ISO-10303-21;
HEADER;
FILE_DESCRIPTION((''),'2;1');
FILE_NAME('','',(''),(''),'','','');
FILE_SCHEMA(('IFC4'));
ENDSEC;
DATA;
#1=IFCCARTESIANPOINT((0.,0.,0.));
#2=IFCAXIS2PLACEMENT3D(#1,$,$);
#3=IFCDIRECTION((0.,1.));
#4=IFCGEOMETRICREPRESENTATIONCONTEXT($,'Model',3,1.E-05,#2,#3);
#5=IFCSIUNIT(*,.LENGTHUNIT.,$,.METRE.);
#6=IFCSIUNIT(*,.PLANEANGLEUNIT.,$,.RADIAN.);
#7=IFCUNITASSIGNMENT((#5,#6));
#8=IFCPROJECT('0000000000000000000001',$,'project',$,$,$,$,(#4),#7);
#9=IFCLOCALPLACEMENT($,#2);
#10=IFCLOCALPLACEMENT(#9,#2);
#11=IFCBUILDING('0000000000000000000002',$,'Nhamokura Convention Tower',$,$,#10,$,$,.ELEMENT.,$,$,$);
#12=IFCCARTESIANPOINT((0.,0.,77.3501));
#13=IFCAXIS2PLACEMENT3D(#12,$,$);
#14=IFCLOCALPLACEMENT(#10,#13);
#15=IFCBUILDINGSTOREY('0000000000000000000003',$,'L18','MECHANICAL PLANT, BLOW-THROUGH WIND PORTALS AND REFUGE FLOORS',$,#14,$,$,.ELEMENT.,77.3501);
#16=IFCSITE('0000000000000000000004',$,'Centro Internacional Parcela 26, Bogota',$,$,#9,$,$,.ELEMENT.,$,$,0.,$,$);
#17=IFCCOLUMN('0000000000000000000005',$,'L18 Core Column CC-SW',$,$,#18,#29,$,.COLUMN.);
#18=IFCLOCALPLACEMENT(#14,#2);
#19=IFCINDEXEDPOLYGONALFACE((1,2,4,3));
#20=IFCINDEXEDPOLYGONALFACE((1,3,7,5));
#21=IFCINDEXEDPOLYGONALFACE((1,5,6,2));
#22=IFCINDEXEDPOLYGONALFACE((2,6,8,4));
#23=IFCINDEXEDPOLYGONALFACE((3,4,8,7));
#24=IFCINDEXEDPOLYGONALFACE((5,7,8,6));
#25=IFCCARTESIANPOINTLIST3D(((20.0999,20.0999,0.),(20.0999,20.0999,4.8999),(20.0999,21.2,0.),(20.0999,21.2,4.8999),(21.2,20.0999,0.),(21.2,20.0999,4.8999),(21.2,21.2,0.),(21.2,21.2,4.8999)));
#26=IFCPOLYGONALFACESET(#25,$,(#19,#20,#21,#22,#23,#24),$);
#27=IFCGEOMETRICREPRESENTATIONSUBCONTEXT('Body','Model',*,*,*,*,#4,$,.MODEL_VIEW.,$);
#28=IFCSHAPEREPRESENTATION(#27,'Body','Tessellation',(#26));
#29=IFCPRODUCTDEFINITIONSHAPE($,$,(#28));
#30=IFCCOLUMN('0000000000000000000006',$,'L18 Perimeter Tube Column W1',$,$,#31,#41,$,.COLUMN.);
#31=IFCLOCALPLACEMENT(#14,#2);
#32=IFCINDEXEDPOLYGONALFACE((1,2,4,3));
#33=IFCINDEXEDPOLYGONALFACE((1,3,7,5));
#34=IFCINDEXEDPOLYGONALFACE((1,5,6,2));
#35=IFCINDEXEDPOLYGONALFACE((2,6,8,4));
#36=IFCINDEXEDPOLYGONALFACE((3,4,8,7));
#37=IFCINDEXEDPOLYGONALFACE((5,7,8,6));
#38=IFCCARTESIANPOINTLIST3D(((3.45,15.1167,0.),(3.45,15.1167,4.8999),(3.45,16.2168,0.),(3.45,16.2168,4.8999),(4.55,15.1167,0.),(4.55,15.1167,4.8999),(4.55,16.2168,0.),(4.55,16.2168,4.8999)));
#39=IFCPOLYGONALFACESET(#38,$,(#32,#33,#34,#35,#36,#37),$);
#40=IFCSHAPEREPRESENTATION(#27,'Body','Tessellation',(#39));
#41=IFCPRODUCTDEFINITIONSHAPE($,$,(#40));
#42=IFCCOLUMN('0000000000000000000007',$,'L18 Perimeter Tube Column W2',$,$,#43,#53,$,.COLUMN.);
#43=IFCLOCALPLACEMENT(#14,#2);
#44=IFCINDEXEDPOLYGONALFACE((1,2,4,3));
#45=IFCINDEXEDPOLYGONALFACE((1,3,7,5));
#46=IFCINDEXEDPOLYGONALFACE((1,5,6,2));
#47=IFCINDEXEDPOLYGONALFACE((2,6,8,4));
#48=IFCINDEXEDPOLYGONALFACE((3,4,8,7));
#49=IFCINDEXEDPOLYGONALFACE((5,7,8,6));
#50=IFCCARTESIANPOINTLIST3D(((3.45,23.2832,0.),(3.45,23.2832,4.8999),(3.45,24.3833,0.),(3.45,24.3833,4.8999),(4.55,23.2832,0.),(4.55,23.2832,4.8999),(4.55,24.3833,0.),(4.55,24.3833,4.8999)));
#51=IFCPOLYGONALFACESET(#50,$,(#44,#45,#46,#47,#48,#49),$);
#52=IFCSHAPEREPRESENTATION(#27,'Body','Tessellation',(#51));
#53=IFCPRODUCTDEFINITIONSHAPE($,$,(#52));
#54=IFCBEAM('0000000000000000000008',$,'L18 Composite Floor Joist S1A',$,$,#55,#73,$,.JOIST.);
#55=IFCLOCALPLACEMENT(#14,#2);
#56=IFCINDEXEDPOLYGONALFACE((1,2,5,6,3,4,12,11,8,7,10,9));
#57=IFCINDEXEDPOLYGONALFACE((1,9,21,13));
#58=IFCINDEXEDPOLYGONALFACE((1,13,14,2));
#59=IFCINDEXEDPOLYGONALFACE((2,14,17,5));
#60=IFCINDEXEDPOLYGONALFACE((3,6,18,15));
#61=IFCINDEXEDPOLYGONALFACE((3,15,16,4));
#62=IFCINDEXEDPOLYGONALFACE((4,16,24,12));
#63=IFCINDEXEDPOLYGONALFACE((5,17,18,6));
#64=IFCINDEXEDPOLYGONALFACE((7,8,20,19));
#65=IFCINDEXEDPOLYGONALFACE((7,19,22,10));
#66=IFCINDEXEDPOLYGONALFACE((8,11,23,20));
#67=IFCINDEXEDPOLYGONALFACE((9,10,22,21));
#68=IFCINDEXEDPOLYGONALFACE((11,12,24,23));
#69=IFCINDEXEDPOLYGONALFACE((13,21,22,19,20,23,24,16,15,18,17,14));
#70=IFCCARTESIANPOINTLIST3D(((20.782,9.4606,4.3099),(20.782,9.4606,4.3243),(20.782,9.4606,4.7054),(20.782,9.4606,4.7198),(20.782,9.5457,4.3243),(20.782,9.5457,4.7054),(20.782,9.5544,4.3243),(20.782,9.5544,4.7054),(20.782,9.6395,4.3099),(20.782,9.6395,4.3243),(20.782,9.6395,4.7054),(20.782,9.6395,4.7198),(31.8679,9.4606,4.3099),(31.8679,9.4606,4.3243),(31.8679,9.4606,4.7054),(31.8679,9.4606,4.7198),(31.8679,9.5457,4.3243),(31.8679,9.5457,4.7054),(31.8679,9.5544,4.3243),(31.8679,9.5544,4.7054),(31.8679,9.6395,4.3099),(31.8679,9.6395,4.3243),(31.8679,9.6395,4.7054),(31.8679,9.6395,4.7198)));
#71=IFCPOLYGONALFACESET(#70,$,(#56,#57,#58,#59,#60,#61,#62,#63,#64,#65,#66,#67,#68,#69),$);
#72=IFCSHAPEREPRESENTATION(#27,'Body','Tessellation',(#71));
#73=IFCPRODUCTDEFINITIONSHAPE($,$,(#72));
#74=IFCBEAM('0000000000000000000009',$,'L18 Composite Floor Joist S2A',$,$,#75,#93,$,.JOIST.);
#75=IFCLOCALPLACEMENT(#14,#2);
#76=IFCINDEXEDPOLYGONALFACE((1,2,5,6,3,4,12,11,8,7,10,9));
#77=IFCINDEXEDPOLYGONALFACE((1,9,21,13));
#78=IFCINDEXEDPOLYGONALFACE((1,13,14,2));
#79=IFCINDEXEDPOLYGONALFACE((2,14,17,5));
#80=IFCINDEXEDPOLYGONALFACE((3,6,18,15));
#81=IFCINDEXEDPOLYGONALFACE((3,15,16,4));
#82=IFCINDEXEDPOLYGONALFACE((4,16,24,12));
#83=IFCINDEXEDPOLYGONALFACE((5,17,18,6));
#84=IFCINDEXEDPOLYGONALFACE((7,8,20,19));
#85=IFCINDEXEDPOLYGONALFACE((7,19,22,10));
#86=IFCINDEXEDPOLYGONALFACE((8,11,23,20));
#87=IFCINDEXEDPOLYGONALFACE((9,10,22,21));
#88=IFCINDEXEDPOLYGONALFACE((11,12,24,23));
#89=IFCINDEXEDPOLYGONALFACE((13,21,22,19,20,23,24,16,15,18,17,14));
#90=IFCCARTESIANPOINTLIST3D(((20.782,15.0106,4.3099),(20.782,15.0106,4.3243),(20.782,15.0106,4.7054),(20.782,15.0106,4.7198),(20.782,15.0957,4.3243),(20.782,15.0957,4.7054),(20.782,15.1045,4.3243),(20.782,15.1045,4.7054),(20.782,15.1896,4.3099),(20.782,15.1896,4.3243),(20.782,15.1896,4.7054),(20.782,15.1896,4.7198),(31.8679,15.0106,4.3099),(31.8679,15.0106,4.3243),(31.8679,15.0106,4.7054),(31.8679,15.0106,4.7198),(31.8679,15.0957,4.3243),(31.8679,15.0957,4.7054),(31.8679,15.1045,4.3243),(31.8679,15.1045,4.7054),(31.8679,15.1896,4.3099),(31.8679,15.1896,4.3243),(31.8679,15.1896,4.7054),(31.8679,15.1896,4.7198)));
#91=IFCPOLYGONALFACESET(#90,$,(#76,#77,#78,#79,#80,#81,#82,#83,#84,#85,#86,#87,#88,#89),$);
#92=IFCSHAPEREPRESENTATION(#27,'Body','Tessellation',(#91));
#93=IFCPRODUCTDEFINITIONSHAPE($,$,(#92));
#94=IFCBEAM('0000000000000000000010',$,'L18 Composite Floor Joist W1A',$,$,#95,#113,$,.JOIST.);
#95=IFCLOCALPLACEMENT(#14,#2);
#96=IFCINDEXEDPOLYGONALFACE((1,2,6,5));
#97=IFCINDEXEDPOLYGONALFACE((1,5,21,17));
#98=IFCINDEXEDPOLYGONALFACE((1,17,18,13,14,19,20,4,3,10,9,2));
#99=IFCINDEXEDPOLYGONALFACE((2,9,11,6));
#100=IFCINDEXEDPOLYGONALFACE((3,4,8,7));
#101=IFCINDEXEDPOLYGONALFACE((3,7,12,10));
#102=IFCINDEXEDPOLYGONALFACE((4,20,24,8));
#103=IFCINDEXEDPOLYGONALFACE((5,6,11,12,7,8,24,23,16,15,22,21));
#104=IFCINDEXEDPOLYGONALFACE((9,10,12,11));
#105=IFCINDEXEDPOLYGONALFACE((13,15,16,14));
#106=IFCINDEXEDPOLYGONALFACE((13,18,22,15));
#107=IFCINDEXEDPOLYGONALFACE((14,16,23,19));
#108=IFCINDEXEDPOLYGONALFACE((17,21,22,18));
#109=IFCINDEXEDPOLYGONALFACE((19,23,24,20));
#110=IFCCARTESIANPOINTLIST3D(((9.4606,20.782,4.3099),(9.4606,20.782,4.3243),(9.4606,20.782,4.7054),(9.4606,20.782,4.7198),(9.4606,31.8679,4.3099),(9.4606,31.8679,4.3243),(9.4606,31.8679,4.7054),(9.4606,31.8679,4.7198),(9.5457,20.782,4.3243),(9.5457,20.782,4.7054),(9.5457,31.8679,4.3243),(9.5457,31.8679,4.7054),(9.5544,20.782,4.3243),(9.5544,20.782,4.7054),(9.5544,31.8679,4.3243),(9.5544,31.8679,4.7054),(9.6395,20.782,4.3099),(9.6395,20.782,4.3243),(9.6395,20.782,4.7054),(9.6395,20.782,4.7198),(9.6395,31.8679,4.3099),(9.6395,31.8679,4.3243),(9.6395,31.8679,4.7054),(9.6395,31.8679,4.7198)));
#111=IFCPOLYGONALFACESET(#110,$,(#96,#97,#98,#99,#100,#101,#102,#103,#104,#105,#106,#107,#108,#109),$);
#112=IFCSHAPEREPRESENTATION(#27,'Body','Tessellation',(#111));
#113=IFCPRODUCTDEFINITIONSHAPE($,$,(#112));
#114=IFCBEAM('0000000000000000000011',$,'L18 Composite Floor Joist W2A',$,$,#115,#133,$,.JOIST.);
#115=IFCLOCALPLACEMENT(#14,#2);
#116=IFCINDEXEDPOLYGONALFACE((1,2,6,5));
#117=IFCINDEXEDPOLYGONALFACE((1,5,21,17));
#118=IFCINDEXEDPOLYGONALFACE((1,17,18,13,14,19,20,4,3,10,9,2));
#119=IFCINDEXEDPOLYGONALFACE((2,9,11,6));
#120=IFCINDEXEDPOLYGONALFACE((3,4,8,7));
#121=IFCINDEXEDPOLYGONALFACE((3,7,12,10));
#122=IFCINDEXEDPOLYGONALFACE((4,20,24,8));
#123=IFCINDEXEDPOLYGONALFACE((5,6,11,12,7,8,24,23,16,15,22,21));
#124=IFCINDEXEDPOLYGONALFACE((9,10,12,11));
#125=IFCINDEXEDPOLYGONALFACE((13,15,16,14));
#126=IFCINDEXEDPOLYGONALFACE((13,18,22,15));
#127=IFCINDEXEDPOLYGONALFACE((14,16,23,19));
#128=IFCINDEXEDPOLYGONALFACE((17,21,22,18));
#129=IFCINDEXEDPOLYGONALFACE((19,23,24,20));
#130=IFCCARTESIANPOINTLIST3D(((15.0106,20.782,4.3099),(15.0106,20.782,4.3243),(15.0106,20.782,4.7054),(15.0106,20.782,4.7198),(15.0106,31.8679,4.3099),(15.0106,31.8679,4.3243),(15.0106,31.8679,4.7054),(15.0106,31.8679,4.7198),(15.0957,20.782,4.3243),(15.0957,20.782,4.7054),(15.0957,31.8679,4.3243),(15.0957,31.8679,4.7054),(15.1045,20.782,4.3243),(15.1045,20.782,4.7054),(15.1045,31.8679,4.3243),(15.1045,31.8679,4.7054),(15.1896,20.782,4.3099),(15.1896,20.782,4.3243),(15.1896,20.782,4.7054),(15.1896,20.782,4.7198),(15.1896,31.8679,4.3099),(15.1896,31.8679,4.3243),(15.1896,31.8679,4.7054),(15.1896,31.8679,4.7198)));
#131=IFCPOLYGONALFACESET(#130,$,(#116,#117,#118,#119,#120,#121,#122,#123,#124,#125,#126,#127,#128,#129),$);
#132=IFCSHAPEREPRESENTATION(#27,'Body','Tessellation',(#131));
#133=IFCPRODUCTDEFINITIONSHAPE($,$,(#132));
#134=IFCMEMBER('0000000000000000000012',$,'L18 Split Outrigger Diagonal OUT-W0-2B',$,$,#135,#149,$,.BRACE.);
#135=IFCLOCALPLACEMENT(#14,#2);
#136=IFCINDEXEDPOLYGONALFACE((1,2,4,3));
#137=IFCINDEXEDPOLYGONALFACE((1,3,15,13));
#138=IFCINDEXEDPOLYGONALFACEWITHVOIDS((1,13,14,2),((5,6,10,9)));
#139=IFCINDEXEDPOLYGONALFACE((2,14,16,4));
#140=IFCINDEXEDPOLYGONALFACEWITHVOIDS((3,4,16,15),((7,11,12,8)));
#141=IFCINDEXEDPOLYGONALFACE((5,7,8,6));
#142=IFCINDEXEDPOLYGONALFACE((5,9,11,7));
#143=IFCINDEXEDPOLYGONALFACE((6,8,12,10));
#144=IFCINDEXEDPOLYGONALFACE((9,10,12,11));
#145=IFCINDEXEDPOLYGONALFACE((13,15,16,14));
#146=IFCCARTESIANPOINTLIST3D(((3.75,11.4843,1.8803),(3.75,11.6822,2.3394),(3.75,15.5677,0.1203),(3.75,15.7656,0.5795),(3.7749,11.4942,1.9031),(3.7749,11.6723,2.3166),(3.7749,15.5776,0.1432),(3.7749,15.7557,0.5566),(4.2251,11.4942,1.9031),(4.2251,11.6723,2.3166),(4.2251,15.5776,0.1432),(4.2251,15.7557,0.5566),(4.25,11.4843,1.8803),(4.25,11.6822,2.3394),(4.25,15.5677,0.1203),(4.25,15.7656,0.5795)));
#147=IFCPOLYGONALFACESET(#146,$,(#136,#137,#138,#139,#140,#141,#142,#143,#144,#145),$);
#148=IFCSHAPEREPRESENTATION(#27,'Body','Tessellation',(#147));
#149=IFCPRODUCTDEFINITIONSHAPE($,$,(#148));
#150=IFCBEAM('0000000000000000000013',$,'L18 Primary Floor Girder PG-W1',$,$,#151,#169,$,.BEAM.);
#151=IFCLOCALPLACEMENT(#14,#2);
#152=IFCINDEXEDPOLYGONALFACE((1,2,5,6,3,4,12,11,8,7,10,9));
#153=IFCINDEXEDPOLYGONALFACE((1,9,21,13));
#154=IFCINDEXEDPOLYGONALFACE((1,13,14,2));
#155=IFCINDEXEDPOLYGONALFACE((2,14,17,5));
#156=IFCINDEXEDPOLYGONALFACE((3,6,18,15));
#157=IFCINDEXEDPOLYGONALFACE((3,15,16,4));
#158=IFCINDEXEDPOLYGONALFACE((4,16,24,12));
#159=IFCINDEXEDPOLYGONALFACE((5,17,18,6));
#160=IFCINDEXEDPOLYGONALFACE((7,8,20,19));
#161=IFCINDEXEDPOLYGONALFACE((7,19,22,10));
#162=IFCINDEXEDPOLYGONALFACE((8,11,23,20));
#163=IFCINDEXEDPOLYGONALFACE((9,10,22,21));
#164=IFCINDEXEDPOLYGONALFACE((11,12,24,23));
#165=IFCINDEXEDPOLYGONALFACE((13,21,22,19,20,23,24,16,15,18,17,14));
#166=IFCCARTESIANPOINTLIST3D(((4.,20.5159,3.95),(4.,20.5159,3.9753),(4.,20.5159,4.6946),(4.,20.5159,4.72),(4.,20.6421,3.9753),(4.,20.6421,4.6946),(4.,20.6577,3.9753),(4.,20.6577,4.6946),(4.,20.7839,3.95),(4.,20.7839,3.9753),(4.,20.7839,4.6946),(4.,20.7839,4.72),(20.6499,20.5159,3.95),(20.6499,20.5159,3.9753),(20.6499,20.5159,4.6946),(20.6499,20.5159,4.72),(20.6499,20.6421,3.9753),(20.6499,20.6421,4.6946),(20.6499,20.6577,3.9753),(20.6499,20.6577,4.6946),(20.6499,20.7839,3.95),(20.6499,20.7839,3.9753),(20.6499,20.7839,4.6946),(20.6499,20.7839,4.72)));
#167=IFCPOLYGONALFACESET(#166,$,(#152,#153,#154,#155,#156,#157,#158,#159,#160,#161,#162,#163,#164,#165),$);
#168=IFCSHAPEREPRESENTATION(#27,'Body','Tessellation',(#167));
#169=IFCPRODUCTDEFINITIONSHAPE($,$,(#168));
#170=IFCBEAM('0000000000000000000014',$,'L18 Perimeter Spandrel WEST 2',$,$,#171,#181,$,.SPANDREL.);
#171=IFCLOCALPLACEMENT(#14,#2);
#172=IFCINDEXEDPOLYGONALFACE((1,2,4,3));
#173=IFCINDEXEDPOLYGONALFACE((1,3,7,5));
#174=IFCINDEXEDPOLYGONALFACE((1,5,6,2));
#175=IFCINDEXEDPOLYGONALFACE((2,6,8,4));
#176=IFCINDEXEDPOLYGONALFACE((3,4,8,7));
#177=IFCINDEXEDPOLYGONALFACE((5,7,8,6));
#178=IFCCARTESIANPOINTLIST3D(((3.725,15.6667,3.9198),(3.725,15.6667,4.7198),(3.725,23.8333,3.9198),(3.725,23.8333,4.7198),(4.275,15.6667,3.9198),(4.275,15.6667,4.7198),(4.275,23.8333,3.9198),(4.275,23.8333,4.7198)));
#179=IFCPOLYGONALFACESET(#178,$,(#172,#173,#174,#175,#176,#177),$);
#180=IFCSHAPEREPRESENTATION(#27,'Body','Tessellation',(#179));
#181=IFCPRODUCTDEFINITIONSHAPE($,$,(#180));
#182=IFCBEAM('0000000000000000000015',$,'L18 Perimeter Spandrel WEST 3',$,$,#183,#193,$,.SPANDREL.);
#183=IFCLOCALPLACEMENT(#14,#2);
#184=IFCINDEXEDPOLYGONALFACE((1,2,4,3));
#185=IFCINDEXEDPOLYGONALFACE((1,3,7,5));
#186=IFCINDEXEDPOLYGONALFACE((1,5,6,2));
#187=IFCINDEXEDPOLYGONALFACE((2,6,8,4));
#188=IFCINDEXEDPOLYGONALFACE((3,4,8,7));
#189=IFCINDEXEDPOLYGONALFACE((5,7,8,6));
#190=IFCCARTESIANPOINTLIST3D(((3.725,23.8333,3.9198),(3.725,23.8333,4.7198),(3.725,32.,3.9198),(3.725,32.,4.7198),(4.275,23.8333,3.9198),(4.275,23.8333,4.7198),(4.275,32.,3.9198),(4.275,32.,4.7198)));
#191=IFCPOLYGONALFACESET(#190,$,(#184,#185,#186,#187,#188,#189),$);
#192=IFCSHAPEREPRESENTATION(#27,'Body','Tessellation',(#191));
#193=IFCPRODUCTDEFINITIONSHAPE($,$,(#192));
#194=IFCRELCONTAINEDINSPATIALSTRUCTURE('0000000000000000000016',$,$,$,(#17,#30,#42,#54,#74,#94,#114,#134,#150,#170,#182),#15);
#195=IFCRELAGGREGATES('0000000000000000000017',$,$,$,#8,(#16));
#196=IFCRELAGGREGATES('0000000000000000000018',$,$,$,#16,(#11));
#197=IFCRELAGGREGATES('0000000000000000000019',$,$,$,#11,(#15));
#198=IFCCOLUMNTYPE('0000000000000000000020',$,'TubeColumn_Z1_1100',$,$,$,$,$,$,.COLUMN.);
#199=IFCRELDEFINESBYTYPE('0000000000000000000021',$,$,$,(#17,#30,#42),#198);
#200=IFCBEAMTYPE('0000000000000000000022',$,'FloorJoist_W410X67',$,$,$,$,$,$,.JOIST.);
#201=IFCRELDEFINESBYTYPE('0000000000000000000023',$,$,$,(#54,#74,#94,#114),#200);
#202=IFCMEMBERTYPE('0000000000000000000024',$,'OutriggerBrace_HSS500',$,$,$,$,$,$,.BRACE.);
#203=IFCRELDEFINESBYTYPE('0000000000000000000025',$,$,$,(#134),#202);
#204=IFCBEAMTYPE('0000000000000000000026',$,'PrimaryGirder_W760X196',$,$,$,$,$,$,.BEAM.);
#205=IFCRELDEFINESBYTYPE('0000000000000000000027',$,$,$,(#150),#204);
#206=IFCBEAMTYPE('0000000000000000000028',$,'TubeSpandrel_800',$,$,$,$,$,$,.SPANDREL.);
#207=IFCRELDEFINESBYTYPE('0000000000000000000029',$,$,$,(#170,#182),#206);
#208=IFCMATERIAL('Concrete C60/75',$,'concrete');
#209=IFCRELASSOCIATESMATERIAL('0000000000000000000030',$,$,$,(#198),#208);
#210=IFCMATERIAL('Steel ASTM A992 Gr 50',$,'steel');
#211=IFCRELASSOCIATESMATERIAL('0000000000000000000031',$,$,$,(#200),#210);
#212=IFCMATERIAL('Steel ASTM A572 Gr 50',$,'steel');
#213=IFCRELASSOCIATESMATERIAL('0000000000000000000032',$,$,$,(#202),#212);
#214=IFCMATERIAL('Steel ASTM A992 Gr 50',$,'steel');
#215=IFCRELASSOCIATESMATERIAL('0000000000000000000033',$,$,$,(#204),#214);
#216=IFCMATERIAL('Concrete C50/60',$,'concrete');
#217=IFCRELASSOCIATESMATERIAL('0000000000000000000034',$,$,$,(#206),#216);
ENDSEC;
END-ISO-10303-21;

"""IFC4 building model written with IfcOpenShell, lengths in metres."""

from ifc_helpers import new_model, si_unit, direction, frame, origin, origin_2d, place, context, subcontext, project, spatial, rectangle, hollow_rectangle, i_section, extrude, material, material_profile, profile_set, type_object, element, save


model = new_model("IFC4")

# Units and contexts
model_context = context("Model", 3, precision=1e-05, world=origin(), true_north=direction((0.0, 1.0)))
body_context = subcontext(model_context, "Body", "Model", "MODEL_VIEW")
ifc_project = project(units=[si_unit("LENGTHUNIT", "METRE"), si_unit("PLANEANGLEUNIT", "RADIAN")], contexts=[model_context])

# Site, building, storey
site_placement = place(None, origin())
site = spatial("IfcSite", under=ifc_project, at=site_placement, Name="Centro Internacional Parcela 26, Bogota", CompositionType="ELEMENT", RefElevation=0.0)
building_placement = place(site_placement, origin())
building = spatial("IfcBuilding", under=site, at=building_placement, Name="Nhamokura Convention Tower", CompositionType="ELEMENT")
storey_placement = place(building_placement, frame((0.0, 0.0, 77.3501)))
storey = spatial("IfcBuildingStorey", under=building, at=storey_placement, Name="L18", Description="MECHANICAL PLANT, BLOW-THROUGH WIND PORTALS AND REFUGE FLOORS", CompositionType="ELEMENT", Elevation=77.3501)

# Columns
ifc_material_1 = material(Name="Concrete C60/75", Category="concrete")
ifc_material_profile_1 = material_profile(ifc_material_1, rectangle(XDim=1.1001, YDim=1.1001, at=origin_2d()))
ifc_profile_set_1 = profile_set([ifc_material_profile_1], Name="Concrete C60/75")
column_type = type_object("IfcColumnType", Name="TubeColumn_Z1_1100", PredefinedType="COLUMN", material=ifc_profile_set_1)
for number, where, z_axis, x_axis, name in (
    (1, (20.6499, 20.6499, 0.0), (0.0, 0.0, 1.0), (1.0, 0.0, 0.0), "L18 Core Column CC-SW"),
    (2, (4.0, 15.6667, 0.0), (0.0, 0.0, 1.0), (1.0, 0.0, 0.0), "L18 Perimeter Tube Column W1"),
    (3, (4.0, 23.8333, 0.0), (0.0, 0.0, 1.0), (1.0, 0.0, 0.0), "L18 Perimeter Tube Column W2"),
):
    element("IfcColumn", number, at=place(storey_placement, frame(where, z_axis=z_axis, x_axis=x_axis)), inside=storey, type_object=column_type, Name=name, PredefinedType="COLUMN", context=body_context, shape_type="SweptSolid", body=[
        extrude(rectangle(XDim=1.1001, YDim=1.1001, at=origin_2d()), origin(), (0.0, 0.0, 1.0), 4.8999),
    ])

# Beams
ifc_material_2 = material(Name="Steel ASTM A992 Gr 50", Category="steel")
ifc_material_profile_2 = material_profile(ifc_material_2, i_section(OverallWidth=0.179, OverallDepth=0.4099, WebThickness=0.0088, FlangeThickness=0.0144, at=origin_2d()))
ifc_profile_set_2 = profile_set([ifc_material_profile_2], Name="Steel ASTM A992 Gr 50")
beam_type_1 = type_object("IfcBeamType", Name="FloorJoist_W410X67", PredefinedType="JOIST", material=ifc_profile_set_2)
for number, where, z_axis, x_axis, name in (
    (4, (20.782, 9.55, 4.5149), (1.0, 0.0, 0.0), (0.0, 1.0, 0.0), "L18 Composite Floor Joist S1A"),
    (5, (20.782, 15.1001, 4.5149), (1.0, 0.0, 0.0), (0.0, 1.0, 0.0), "L18 Composite Floor Joist S2A"),
    (6, (9.55, 20.782, 4.5149), (0.0, 1.0, 0.0), (-1.0, 0.0, 0.0), "L18 Composite Floor Joist W1A"),
    (7, (15.1001, 20.782, 4.5149), (0.0, 1.0, 0.0), (-1.0, 0.0, 0.0), "L18 Composite Floor Joist W2A"),
):
    element("IfcBeam", number, at=place(storey_placement, frame(where, z_axis=z_axis, x_axis=x_axis)), inside=storey, type_object=beam_type_1, Name=name, PredefinedType="JOIST", context=body_context, shape_type="SweptSolid", body=[
        extrude(i_section(OverallWidth=0.179, OverallDepth=0.4099, WebThickness=0.0088, FlangeThickness=0.0144, at=origin_2d()), origin(), (0.0, 0.0, 1.0), 11.0859),
    ])

# Member
ifc_material_3 = material(Name="Steel ASTM A572 Gr 50", Category="steel")
ifc_material_profile_3 = material_profile(ifc_material_3, hollow_rectangle(XDim=0.5, YDim=0.5, WallThickness=0.0249, at=origin_2d()))
ifc_profile_set_3 = profile_set([ifc_material_profile_3], Name="Steel ASTM A572 Gr 50")
member_type = type_object("IfcMemberType", Name="OutriggerBrace_HSS500", PredefinedType="BRACE", material=ifc_profile_set_3)
member_placement = place(storey_placement, frame((4.0, 11.5833, 2.1099), z_axis=(0.0, 0.918334, -0.395807), x_axis=(-1.0, 0.0, 0.0)))
element("IfcMember", 8, at=member_placement, inside=storey, type_object=member_type, Name="L18 Split Outrigger Diagonal OUT-W0-2B", PredefinedType="BRACE", context=body_context, shape_type="SweptSolid", body=[
    extrude(hollow_rectangle(XDim=0.5, YDim=0.5, WallThickness=0.0249, at=origin_2d()), origin(), (0.0, 0.0, 1.0), 4.4465),
])

# Beams
ifc_material_4 = material(Name="Steel ASTM A992 Gr 50", Category="steel")
ifc_material_profile_4 = material_profile(ifc_material_4, i_section(OverallWidth=0.2681, OverallDepth=0.77, WebThickness=0.0156, FlangeThickness=0.0254, at=origin_2d()))
ifc_profile_set_4 = profile_set([ifc_material_profile_4], Name="Steel ASTM A992 Gr 50")
beam_type_2 = type_object("IfcBeamType", Name="PrimaryGirder_W760X196", PredefinedType="BEAM", material=ifc_profile_set_4)
beam_1_placement = place(storey_placement, frame((4.0, 20.6499, 4.335), z_axis=(1.0, 0.0, 0.0), x_axis=(0.0, 1.0, 0.0)))
element("IfcBeam", 9, at=beam_1_placement, inside=storey, type_object=beam_type_2, Name="L18 Primary Floor Girder PG-W1", PredefinedType="BEAM", context=body_context, shape_type="SweptSolid", body=[
    extrude(i_section(OverallWidth=0.2681, OverallDepth=0.77, WebThickness=0.0156, FlangeThickness=0.0254, at=origin_2d()), origin(), (0.0, 0.0, 1.0), 16.6499),
])
ifc_material_5 = material(Name="Concrete C50/60", Category="concrete")
ifc_material_profile_5 = material_profile(ifc_material_5, rectangle(XDim=0.55, YDim=0.8, at=origin_2d()))
ifc_profile_set_5 = profile_set([ifc_material_profile_5], Name="Concrete C50/60")
beam_type_3 = type_object("IfcBeamType", Name="TubeSpandrel_800", PredefinedType="SPANDREL", material=ifc_profile_set_5)
beam_2_placement = place(storey_placement, frame((4.0, 15.6667, 4.3198), z_axis=(0.0, 1.0, 0.0), x_axis=(-1.0, 0.0, 0.0)))
element("IfcBeam", 10, at=beam_2_placement, inside=storey, type_object=beam_type_3, Name="L18 Perimeter Spandrel WEST 2", PredefinedType="SPANDREL", context=body_context, shape_type="SweptSolid", body=[
    extrude(rectangle(XDim=0.55, YDim=0.8, at=origin_2d()), origin(), (0.0, 0.0, 1.0), 8.1665),
])
beam_3_placement = place(storey_placement, frame((4.0, 23.8333, 4.3198), z_axis=(0.0, 1.0, 0.0), x_axis=(-1.0, 0.0, 0.0)))
element("IfcBeam", 11, at=beam_3_placement, inside=storey, type_object=beam_type_3, Name="L18 Perimeter Spandrel WEST 3", PredefinedType="SPANDREL", context=body_context, shape_type="SweptSolid", body=[
    extrude(rectangle(XDim=0.55, YDim=0.8, at=origin_2d()), origin(), (0.0, 0.0, 1.0), 8.1667),
])

save(model, "model.ifc")
